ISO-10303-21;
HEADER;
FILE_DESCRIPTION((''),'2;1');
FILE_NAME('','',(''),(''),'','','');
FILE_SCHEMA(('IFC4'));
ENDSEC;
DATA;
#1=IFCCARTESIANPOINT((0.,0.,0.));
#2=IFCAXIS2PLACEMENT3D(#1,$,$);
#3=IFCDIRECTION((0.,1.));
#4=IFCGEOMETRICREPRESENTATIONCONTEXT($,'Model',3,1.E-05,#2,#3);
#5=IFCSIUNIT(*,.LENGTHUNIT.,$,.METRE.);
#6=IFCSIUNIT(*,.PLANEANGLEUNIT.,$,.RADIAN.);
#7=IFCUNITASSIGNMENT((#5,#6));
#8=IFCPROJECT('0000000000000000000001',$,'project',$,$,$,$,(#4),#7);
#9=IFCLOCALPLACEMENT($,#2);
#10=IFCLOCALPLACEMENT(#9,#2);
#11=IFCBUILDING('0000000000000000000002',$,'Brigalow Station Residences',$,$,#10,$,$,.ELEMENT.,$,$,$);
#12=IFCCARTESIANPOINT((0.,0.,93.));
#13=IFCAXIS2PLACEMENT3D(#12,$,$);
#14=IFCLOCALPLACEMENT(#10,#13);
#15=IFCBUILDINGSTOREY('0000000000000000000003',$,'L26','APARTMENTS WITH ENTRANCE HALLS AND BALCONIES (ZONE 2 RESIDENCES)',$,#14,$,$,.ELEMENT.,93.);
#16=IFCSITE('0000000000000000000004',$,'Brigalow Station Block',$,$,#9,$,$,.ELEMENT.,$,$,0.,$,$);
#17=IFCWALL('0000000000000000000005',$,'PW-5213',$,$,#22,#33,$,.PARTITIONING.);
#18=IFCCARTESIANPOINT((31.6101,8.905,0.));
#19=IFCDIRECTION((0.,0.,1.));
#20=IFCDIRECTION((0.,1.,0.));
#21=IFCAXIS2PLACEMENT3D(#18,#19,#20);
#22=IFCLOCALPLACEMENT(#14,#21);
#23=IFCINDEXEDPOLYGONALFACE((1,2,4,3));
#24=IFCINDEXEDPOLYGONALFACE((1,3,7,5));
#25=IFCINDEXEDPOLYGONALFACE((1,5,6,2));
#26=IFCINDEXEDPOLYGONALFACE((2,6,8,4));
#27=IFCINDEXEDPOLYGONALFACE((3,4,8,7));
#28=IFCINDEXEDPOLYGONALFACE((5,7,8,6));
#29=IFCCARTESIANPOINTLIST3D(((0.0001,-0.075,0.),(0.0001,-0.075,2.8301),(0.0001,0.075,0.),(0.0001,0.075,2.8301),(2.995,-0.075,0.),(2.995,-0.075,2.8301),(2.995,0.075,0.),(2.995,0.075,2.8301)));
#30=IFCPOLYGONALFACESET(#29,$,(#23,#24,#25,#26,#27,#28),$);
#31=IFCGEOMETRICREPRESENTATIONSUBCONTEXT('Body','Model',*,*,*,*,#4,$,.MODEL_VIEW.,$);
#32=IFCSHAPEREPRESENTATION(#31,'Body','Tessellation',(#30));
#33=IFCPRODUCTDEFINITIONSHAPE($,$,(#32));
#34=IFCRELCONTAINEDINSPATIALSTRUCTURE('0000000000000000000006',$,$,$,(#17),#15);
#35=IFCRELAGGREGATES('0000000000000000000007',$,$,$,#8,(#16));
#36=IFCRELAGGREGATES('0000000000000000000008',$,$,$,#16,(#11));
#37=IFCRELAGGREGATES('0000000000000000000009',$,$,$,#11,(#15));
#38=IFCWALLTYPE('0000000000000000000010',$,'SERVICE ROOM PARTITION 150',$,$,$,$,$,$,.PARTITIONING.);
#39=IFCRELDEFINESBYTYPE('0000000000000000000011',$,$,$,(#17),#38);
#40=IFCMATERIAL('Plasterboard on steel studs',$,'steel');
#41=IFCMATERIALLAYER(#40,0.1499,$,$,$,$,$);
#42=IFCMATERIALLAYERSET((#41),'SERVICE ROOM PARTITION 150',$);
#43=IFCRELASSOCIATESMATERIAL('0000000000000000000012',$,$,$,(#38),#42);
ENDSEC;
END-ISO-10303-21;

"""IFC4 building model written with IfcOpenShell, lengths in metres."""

from ifc_helpers import new_model, si_unit, direction, frame, frame_2d, origin, place, context, subcontext, project, spatial, rectangle, extrude, material, layer, layer_set, type_object, element, save


model = new_model("IFC4")

# Units and contexts
model_context = context("Model", 3, precision=1e-05, world=origin(), true_north=direction((0.0, 1.0)))
body_context = subcontext(model_context, "Body", "Model", "MODEL_VIEW")
ifc_project = project(units=[si_unit("LENGTHUNIT", "METRE"), si_unit("PLANEANGLEUNIT", "RADIAN")], contexts=[model_context])

# Site, building, storey
site_placement = place(None, origin())
site = spatial("IfcSite", under=ifc_project, at=site_placement, Name="Brigalow Station Block", CompositionType="ELEMENT", RefElevation=0.0)
building_placement = place(site_placement, origin())
building = spatial("IfcBuilding", under=site, at=building_placement, Name="Brigalow Station Residences", CompositionType="ELEMENT")
storey_placement = place(building_placement, frame((0.0, 0.0, 93.0)))
storey = spatial("IfcBuildingStorey", under=building, at=storey_placement, Name="L26", Description="APARTMENTS WITH ENTRANCE HALLS AND BALCONIES (ZONE 2 RESIDENCES)", CompositionType="ELEMENT", Elevation=93.0)

# Wall
ifc_material_1 = material(Name="Plasterboard on steel studs", Category="steel")
ifc_layer_1 = layer(ifc_material_1, 0.1499)
ifc_layer_set_1 = layer_set([ifc_layer_1], Name="SERVICE ROOM PARTITION 150")
wall_type_1 = type_object("IfcWallType", Name="SERVICE ROOM PARTITION 150", PredefinedType="PARTITIONING", material=ifc_layer_set_1)
wall_1_placement = place(storey_placement, frame((31.6101, 8.905, 0.0), z_axis=(0.0, 0.0, 1.0), x_axis=(0.0, 1.0, 0.0)))
element("IfcWall", 1, at=wall_1_placement, inside=storey, type_object=wall_type_1, Name="PW-5213", PredefinedType="PARTITIONING", context=body_context, shape_type="SweptSolid", body=[
    extrude(rectangle(XDim=2.9949, YDim=0.1499, at=frame_2d((1.4976, 0.0))), origin(), (0.0, 0.0, 1.0), 2.8301),
])

save(model, "model.ifc")
